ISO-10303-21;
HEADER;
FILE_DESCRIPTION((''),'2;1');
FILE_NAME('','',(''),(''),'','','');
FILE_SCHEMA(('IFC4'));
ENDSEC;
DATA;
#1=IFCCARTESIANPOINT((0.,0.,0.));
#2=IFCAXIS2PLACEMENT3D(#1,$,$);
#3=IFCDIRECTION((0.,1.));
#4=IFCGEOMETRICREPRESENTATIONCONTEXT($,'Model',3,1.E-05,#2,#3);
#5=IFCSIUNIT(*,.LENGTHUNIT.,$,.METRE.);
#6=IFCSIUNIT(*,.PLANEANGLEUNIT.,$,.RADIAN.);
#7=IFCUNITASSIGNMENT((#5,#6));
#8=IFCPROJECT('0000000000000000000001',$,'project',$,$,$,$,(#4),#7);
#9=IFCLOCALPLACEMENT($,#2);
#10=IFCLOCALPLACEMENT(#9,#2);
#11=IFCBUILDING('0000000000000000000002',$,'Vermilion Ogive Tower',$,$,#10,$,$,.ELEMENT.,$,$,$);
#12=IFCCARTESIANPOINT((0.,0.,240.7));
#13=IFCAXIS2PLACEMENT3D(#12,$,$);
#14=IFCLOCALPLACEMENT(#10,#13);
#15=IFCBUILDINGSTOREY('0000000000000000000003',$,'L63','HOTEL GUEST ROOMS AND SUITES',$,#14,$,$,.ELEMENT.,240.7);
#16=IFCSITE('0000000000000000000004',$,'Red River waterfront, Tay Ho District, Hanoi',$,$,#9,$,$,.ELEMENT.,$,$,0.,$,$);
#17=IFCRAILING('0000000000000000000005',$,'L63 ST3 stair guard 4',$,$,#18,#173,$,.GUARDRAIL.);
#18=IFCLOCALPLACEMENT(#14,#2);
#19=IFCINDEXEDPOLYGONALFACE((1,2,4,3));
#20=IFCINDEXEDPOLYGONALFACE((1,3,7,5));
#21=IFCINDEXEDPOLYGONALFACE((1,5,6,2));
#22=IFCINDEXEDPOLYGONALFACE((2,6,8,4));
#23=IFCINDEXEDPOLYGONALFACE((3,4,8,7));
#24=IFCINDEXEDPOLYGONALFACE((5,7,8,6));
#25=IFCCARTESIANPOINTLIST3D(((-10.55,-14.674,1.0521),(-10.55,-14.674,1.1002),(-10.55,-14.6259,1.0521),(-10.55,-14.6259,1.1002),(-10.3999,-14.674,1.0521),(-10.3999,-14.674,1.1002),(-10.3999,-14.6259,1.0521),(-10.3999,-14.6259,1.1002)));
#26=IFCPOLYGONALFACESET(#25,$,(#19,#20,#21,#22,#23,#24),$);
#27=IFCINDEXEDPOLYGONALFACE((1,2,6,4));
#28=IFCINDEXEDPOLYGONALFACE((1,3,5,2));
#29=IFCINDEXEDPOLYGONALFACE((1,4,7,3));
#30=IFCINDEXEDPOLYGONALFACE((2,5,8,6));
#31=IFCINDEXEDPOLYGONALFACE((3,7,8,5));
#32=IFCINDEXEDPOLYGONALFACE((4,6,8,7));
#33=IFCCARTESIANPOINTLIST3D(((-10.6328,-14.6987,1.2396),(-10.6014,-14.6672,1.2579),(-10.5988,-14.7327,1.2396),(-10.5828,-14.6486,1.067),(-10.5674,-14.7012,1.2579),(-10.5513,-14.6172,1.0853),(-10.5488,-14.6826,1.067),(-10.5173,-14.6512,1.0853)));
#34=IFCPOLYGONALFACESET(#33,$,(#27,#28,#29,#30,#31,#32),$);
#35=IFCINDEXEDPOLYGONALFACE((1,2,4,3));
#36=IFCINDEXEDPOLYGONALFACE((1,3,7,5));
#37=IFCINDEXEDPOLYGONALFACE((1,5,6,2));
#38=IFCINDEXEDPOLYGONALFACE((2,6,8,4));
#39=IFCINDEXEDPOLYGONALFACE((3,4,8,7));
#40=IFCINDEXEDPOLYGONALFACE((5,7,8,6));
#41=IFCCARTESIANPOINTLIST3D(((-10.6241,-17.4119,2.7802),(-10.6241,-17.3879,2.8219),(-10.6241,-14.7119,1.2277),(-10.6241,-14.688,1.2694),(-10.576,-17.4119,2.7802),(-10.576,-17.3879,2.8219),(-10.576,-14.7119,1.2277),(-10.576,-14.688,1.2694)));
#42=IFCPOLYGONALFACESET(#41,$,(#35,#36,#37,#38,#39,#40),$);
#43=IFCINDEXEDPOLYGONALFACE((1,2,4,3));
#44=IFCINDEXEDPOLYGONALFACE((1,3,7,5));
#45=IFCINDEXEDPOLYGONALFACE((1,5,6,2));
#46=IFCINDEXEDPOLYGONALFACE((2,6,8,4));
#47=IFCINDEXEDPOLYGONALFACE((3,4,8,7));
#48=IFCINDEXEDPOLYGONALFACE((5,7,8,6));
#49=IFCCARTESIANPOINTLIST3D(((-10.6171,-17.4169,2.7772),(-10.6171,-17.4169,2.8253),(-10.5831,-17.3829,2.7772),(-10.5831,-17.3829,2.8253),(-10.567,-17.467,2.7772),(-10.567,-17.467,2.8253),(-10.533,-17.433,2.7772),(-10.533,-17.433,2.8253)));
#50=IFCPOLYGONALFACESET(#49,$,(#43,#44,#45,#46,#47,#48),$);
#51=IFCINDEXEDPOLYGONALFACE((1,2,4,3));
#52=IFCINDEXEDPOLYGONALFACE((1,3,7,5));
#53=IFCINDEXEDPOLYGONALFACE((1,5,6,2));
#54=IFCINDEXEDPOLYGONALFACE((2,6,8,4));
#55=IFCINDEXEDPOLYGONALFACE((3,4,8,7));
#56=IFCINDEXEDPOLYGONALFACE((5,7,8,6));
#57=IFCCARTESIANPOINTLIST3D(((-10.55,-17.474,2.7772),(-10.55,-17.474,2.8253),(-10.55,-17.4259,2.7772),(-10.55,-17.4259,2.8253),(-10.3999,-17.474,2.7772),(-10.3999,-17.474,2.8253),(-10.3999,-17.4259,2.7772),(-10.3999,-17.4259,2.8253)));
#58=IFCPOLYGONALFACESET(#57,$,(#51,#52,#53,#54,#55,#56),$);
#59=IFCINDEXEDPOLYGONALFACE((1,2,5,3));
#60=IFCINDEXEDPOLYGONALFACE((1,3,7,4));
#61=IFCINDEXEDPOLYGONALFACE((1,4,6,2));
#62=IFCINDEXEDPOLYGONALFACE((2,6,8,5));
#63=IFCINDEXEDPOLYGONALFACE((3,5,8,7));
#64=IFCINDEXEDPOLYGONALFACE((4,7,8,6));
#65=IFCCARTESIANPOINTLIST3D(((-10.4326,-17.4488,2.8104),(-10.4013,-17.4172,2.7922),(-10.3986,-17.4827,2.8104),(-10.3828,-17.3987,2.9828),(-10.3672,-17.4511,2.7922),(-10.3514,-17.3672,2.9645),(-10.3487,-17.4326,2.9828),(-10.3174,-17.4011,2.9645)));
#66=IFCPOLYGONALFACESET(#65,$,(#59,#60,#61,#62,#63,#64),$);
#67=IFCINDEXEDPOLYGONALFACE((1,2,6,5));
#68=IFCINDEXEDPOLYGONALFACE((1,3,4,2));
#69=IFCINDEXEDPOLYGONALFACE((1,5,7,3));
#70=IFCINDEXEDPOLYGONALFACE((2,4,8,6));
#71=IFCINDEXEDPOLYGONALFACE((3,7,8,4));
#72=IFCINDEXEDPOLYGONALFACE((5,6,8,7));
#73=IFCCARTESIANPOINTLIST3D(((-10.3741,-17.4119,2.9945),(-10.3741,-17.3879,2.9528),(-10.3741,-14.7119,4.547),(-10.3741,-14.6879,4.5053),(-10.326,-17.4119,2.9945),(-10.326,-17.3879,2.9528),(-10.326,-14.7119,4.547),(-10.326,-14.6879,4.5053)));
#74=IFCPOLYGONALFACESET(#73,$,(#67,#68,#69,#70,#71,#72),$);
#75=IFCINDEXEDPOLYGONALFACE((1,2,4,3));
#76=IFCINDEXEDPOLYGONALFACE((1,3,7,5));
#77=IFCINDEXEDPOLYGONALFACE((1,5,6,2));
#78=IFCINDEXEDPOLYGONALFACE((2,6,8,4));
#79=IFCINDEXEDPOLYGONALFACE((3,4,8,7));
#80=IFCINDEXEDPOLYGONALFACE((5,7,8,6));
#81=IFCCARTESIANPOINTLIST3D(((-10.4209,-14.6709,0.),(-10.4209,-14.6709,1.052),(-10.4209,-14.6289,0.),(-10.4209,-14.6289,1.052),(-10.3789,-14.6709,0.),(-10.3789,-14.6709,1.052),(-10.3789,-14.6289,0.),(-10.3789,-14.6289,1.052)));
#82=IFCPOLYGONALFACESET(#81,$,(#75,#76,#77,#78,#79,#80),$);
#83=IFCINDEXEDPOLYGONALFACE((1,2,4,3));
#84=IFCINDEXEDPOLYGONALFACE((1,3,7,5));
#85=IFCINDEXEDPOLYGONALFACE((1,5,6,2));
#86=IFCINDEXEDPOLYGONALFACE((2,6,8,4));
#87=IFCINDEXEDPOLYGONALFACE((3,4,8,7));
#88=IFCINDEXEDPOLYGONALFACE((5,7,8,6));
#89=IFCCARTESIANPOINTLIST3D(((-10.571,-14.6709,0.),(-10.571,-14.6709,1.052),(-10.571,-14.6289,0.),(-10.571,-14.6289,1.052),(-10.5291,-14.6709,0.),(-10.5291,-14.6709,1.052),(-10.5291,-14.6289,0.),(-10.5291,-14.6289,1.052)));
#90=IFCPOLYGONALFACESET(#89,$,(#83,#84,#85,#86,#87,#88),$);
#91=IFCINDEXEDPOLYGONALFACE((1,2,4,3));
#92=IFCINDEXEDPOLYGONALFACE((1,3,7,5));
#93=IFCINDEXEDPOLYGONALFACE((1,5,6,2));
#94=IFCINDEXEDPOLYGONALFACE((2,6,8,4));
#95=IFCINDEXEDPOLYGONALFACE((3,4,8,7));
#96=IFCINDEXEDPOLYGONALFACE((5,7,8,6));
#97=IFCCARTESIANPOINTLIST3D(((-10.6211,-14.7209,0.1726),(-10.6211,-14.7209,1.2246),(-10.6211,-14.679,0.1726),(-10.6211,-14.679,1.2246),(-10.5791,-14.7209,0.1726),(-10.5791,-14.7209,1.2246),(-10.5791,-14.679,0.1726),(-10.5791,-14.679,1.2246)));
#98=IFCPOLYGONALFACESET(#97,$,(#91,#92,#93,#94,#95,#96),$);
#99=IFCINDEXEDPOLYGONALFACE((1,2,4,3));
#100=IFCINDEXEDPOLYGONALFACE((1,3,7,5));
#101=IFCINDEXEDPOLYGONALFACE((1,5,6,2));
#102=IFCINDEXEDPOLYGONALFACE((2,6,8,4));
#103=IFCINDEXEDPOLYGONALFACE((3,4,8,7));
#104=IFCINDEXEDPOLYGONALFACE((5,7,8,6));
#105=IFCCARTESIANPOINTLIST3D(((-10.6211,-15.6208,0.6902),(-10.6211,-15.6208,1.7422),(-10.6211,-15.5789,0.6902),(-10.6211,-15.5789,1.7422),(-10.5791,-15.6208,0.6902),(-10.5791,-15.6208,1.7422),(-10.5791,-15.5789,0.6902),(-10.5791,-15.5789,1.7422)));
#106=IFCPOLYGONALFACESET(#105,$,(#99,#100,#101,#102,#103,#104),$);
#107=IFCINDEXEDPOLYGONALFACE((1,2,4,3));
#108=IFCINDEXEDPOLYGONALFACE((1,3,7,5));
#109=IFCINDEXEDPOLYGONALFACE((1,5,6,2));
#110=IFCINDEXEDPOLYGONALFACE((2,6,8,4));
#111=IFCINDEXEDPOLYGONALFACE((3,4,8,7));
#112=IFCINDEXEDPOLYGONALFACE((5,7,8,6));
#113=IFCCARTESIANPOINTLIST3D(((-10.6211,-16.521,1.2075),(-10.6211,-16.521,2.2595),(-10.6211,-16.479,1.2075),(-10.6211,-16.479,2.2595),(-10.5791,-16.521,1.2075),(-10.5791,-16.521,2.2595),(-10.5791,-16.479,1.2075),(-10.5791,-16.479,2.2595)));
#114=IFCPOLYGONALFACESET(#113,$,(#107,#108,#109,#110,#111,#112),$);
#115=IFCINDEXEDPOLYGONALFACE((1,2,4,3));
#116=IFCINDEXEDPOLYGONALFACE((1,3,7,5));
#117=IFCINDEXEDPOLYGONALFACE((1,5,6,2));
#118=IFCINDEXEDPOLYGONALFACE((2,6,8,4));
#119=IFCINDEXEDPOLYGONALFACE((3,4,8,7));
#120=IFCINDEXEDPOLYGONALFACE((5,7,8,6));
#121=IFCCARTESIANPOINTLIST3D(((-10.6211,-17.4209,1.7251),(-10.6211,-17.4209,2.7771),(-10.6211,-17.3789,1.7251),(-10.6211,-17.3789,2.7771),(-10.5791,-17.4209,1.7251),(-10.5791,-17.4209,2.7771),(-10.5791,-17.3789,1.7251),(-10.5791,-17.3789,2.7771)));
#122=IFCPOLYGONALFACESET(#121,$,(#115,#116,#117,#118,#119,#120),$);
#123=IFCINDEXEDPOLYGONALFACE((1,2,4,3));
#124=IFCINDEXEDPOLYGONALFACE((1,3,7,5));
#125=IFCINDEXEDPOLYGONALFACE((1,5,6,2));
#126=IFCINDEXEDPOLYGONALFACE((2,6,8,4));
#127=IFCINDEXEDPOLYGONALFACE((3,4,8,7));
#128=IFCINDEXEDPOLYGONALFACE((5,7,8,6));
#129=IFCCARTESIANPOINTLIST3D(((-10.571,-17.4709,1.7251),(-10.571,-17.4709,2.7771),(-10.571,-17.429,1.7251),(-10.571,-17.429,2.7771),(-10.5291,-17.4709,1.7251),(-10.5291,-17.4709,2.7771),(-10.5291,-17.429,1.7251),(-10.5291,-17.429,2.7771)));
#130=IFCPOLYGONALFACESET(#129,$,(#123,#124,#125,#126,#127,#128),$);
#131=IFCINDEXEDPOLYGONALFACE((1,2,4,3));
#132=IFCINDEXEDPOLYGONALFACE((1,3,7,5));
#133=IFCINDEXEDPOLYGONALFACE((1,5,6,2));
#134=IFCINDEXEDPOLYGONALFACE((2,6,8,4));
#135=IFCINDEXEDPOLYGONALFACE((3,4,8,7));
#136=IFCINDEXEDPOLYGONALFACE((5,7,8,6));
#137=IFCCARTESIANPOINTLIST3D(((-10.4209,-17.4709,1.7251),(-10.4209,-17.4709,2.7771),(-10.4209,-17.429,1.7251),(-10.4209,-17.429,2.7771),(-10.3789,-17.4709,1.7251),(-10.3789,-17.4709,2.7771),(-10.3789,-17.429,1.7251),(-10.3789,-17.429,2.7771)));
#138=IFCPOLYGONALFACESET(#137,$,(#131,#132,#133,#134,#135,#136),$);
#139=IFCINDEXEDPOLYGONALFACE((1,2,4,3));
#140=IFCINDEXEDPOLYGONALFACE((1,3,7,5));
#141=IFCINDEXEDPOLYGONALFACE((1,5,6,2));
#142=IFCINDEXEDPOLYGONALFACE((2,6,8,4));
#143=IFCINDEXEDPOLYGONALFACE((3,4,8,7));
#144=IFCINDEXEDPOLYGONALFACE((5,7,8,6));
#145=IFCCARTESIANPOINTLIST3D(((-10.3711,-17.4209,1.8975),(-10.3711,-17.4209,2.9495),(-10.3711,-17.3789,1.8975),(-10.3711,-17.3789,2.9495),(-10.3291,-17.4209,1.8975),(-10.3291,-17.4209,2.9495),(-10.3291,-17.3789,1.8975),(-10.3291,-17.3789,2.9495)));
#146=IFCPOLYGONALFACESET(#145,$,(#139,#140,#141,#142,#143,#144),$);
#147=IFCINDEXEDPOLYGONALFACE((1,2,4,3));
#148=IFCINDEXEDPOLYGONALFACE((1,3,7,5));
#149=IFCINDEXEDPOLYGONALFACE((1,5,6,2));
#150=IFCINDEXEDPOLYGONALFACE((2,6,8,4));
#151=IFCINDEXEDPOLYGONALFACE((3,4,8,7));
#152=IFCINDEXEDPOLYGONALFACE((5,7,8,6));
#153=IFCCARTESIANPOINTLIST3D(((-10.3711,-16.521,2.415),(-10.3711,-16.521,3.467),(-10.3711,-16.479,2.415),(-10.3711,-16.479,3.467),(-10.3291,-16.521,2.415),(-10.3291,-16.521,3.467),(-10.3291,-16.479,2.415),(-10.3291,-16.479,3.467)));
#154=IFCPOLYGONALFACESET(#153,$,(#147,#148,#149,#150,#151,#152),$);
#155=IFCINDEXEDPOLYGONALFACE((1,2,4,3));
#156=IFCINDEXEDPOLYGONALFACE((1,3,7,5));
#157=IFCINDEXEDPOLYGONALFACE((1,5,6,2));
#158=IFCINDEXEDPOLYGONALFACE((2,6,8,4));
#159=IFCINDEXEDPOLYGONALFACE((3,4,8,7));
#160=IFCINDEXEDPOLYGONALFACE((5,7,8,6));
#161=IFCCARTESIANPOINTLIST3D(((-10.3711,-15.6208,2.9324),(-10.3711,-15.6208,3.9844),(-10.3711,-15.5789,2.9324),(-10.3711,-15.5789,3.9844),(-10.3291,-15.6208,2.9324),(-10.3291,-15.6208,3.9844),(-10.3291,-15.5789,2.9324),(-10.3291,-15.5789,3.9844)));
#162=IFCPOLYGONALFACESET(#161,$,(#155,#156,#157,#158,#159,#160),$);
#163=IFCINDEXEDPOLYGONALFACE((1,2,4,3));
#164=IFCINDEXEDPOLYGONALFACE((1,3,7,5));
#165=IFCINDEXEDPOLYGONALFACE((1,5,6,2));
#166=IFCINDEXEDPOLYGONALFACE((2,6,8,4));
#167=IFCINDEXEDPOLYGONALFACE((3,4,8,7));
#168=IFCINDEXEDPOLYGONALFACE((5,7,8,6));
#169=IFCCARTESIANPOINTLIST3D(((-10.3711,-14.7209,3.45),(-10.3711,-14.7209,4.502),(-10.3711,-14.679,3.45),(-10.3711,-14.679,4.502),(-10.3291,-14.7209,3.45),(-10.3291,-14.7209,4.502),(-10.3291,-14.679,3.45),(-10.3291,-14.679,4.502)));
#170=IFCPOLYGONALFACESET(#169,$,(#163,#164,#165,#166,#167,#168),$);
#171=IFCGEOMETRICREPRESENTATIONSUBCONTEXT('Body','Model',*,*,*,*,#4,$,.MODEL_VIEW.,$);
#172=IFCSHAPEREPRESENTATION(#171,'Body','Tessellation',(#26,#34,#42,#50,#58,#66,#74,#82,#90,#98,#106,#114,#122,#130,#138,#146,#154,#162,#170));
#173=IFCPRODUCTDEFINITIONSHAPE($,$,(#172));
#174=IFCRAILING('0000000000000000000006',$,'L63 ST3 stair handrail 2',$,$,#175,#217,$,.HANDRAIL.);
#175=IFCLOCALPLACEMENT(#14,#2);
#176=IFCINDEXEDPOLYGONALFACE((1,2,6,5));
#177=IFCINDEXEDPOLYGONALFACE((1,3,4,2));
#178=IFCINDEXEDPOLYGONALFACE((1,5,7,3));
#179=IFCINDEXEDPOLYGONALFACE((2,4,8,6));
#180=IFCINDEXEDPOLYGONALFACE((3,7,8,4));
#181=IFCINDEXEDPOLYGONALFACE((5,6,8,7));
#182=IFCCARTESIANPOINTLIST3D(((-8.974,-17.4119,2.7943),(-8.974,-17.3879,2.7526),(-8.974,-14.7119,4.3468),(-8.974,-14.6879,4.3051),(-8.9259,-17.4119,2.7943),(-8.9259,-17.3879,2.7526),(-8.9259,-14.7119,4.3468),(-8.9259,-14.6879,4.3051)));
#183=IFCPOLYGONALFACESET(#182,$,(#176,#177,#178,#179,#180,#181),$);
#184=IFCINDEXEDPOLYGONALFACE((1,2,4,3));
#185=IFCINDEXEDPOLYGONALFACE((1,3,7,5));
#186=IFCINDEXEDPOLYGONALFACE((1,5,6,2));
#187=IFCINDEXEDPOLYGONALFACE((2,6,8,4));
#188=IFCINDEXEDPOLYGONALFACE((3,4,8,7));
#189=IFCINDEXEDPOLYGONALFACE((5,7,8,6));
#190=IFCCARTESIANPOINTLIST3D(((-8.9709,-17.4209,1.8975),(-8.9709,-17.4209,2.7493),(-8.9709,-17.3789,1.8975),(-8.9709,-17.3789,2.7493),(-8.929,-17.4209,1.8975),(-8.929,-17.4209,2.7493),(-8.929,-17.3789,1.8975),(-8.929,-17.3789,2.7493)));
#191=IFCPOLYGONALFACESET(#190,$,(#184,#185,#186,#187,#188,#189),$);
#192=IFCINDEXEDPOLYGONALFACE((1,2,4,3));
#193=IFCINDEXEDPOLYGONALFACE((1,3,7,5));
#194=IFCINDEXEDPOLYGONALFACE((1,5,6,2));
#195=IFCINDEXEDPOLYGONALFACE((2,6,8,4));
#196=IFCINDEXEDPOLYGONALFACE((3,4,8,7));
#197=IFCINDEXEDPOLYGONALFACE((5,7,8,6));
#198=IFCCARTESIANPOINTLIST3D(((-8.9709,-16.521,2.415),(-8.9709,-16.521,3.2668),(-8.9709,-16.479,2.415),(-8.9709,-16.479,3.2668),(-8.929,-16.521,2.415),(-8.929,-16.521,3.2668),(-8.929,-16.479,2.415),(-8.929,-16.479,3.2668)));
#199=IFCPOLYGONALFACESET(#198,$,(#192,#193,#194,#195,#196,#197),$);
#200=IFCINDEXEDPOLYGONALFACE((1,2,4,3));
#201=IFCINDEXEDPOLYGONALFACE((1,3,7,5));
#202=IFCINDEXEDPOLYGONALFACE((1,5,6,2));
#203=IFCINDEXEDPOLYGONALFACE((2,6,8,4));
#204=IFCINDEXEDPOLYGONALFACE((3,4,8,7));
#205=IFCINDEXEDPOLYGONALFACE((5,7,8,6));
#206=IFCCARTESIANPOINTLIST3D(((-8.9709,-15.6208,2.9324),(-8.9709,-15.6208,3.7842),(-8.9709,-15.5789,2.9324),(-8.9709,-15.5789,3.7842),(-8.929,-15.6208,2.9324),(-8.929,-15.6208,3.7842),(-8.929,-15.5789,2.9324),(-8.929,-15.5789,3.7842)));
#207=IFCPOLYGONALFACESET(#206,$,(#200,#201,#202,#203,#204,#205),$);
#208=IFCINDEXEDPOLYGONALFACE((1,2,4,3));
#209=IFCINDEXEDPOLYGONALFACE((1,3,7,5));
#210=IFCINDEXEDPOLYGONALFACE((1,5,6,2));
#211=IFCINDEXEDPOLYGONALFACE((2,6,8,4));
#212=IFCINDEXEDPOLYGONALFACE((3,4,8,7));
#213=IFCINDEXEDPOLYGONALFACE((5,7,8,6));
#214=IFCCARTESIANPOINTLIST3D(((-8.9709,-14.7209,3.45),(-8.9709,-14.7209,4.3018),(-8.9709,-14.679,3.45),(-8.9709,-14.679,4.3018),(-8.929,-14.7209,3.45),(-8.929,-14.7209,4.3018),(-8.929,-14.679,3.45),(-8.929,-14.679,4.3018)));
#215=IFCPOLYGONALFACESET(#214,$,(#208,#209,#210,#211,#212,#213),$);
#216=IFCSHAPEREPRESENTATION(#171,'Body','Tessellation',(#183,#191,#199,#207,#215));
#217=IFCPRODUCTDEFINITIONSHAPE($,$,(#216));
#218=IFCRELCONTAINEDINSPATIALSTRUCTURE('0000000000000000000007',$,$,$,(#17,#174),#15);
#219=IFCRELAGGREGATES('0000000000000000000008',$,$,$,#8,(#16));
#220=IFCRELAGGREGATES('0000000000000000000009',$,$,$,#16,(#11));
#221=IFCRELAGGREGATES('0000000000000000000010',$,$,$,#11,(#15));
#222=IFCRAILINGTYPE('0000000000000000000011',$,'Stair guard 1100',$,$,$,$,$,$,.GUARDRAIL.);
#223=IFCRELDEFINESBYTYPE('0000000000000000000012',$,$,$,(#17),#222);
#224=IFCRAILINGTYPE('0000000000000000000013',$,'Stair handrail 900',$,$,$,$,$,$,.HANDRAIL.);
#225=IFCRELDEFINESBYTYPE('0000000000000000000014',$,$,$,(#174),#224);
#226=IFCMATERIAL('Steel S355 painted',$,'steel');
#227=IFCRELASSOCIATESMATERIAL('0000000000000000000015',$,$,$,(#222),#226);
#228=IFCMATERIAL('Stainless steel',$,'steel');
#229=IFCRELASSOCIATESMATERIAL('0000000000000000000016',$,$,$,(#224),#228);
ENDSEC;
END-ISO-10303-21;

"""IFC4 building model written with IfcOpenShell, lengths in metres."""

from ifc_helpers import new_model, si_unit, direction, frame, origin, origin_2d, place, context, subcontext, project, spatial, rectangle, extrude, material, type_object, element, save


model = new_model("IFC4")

# Units and contexts
model_context = context("Model", 3, precision=1e-05, world=origin(), true_north=direction((0.0, 1.0)))
body_context = subcontext(model_context, "Body", "Model", "MODEL_VIEW")
ifc_project = project(units=[si_unit("LENGTHUNIT", "METRE"), si_unit("PLANEANGLEUNIT", "RADIAN")], contexts=[model_context])

# Site, building, storey
site_placement = place(None, origin())
site = spatial("IfcSite", under=ifc_project, at=site_placement, Name="Red River waterfront, Tay Ho District, Hanoi", CompositionType="ELEMENT", RefElevation=0.0)
building_placement = place(site_placement, origin())
building = spatial("IfcBuilding", under=site, at=building_placement, Name="Vermilion Ogive Tower", CompositionType="ELEMENT")
storey_placement = place(building_placement, frame((0.0, 0.0, 240.7)))
storey = spatial("IfcBuildingStorey", under=building, at=storey_placement, Name="L63", Description="HOTEL GUEST ROOMS AND SUITES", CompositionType="ELEMENT", Elevation=240.7)

# Railings
ifc_material_1 = material(Name="Steel S355 painted", Category="steel")
railing_type_1 = type_object("IfcRailingType", Name="Stair guard 1100", PredefinedType="GUARDRAIL", material=ifc_material_1)
railing_1_placement = place(storey_placement, frame((-10.3999, -14.6499, 0.0)))
element("IfcRailing", 1, at=railing_1_placement, inside=storey, type_object=railing_type_1, Name="L63 ST3 stair guard 4", PredefinedType="GUARDRAIL", context=body_context, shape_type="SweptSolid", body=[
    extrude(rectangle(XDim=0.0481, YDim=0.0481, at=origin_2d()), frame((0.0, 0.0, 1.0762), z_axis=(-1.0, 0.0, 0.0), x_axis=(0.0, -1.0, 0.0)), (0.0, 0.0, 1.0), 0.1501),
    extrude(rectangle(XDim=0.0481, YDim=0.0481, at=origin_2d()), frame((-0.1501, 0.0, 1.0762), z_axis=(-0.268278, -0.268278, 0.925232), x_axis=(0.707107, -0.707107, 0.0)), (0.0, 0.0, 1.0), 0.1865),
    extrude(rectangle(XDim=0.0481, YDim=0.0481, at=origin_2d()), frame((-0.2002, -0.05, 1.2485), z_axis=(0.0, -0.866904, 0.498476), x_axis=(1.0, 0.0, 0.0)), (0.0, 0.0, 1.0), 3.1145),
    extrude(rectangle(XDim=0.0481, YDim=0.0481, at=origin_2d()), frame((-0.2002, -2.75, 2.8013), z_axis=(0.707107, -0.707107, 0.0), x_axis=(0.707107, 0.707107, 0.0)), (0.0, 0.0, 1.0), 0.0708),
    extrude(rectangle(XDim=0.0481, YDim=0.0481, at=origin_2d()), frame((-0.1501, -2.8, 2.8013), z_axis=(1.0, 0.0, 0.0), x_axis=(0.0, 1.0, 0.0)), (0.0, 0.0, 1.0), 0.1501),
    extrude(rectangle(XDim=0.0481, YDim=0.0481, at=origin_2d()), frame((0.0, -2.8, 2.8013), z_axis=(0.267387, 0.268698, 0.925368), x_axis=(-0.708834, 0.705376, 0.0)), (0.0, 0.0, 1.0), 0.1863),
    extrude(rectangle(XDim=0.0481, YDim=0.0481, at=origin_2d()), frame((0.0498, -2.75, 2.9736), z_axis=(0.0, 0.866904, 0.498476), x_axis=(-1.0, 0.0, 0.0)), (0.0, 0.0, 1.0), 3.1145),
    extrude(rectangle(XDim=0.042, YDim=0.042, at=origin_2d()), origin(), (0.0, 0.0, 1.0), 1.052),
    extrude(rectangle(XDim=0.042, YDim=0.042, at=origin_2d()), frame((-0.1501, 0.0, 0.0)), (0.0, 0.0, 1.0), 1.052),
    extrude(rectangle(XDim=0.042, YDim=0.042, at=origin_2d()), frame((-0.2002, -0.05, 0.1726)), (0.0, 0.0, 1.0), 1.052),
    extrude(rectangle(XDim=0.042, YDim=0.042, at=origin_2d()), frame((-0.2002, -0.95, 0.6902)), (0.0, 0.0, 1.0), 1.052),
    extrude(rectangle(XDim=0.042, YDim=0.042, at=origin_2d()), frame((-0.2002, -1.8501, 1.2075)), (0.0, 0.0, 1.0), 1.052),
    extrude(rectangle(XDim=0.042, YDim=0.042, at=origin_2d()), frame((-0.2002, -2.75, 1.7251)), (0.0, 0.0, 1.0), 1.052),
    extrude(rectangle(XDim=0.042, YDim=0.042, at=origin_2d()), frame((-0.1501, -2.8, 1.7251)), (0.0, 0.0, 1.0), 1.052),
    extrude(rectangle(XDim=0.042, YDim=0.042, at=origin_2d()), frame((0.0, -2.8, 1.7251)), (0.0, 0.0, 1.0), 1.052),
    extrude(rectangle(XDim=0.042, YDim=0.042, at=origin_2d()), frame((0.0498, -2.75, 1.8975)), (0.0, 0.0, 1.0), 1.052),
    extrude(rectangle(XDim=0.042, YDim=0.042, at=origin_2d()), frame((0.0498, -1.8501, 2.415)), (0.0, 0.0, 1.0), 1.052),
    extrude(rectangle(XDim=0.042, YDim=0.042, at=origin_2d()), frame((0.0498, -0.95, 2.9324)), (0.0, 0.0, 1.0), 1.052),
    extrude(rectangle(XDim=0.042, YDim=0.042, at=origin_2d()), frame((0.0498, -0.05, 3.45)), (0.0, 0.0, 1.0), 1.052),
])
ifc_material_2 = material(Name="Stainless steel", Category="steel")
railing_type_2 = type_object("IfcRailingType", Name="Stair handrail 900", PredefinedType="HANDRAIL", material=ifc_material_2)
railing_2_placement = place(storey_placement, frame((-8.95, -17.3999, 1.8975)))
element("IfcRailing", 2, at=railing_2_placement, inside=storey, type_object=railing_type_2, Name="L63 ST3 stair handrail 2", PredefinedType="HANDRAIL", context=body_context, shape_type="SweptSolid", body=[
    extrude(rectangle(XDim=0.0481, YDim=0.0481, at=origin_2d()), frame((0.0, 0.0, 0.876), z_axis=(0.0, 0.866904, 0.498476), x_axis=(-1.0, 0.0, 0.0)), (0.0, 0.0, 1.0), 3.1145),
    extrude(rectangle(XDim=0.042, YDim=0.042, at=origin_2d()), origin(), (0.0, 0.0, 1.0), 0.8518),
    extrude(rectangle(XDim=0.042, YDim=0.042, at=origin_2d()), frame((0.0, 0.8999, 0.5176)), (0.0, 0.0, 1.0), 0.8518),
    extrude(rectangle(XDim=0.042, YDim=0.042, at=origin_2d()), frame((0.0, 1.8, 1.0349)), (0.0, 0.0, 1.0), 0.8518),
    extrude(rectangle(XDim=0.042, YDim=0.042, at=origin_2d()), frame((0.0, 2.7, 1.5525)), (0.0, 0.0, 1.0), 0.8518),
])

save(model, "model.ifc")
